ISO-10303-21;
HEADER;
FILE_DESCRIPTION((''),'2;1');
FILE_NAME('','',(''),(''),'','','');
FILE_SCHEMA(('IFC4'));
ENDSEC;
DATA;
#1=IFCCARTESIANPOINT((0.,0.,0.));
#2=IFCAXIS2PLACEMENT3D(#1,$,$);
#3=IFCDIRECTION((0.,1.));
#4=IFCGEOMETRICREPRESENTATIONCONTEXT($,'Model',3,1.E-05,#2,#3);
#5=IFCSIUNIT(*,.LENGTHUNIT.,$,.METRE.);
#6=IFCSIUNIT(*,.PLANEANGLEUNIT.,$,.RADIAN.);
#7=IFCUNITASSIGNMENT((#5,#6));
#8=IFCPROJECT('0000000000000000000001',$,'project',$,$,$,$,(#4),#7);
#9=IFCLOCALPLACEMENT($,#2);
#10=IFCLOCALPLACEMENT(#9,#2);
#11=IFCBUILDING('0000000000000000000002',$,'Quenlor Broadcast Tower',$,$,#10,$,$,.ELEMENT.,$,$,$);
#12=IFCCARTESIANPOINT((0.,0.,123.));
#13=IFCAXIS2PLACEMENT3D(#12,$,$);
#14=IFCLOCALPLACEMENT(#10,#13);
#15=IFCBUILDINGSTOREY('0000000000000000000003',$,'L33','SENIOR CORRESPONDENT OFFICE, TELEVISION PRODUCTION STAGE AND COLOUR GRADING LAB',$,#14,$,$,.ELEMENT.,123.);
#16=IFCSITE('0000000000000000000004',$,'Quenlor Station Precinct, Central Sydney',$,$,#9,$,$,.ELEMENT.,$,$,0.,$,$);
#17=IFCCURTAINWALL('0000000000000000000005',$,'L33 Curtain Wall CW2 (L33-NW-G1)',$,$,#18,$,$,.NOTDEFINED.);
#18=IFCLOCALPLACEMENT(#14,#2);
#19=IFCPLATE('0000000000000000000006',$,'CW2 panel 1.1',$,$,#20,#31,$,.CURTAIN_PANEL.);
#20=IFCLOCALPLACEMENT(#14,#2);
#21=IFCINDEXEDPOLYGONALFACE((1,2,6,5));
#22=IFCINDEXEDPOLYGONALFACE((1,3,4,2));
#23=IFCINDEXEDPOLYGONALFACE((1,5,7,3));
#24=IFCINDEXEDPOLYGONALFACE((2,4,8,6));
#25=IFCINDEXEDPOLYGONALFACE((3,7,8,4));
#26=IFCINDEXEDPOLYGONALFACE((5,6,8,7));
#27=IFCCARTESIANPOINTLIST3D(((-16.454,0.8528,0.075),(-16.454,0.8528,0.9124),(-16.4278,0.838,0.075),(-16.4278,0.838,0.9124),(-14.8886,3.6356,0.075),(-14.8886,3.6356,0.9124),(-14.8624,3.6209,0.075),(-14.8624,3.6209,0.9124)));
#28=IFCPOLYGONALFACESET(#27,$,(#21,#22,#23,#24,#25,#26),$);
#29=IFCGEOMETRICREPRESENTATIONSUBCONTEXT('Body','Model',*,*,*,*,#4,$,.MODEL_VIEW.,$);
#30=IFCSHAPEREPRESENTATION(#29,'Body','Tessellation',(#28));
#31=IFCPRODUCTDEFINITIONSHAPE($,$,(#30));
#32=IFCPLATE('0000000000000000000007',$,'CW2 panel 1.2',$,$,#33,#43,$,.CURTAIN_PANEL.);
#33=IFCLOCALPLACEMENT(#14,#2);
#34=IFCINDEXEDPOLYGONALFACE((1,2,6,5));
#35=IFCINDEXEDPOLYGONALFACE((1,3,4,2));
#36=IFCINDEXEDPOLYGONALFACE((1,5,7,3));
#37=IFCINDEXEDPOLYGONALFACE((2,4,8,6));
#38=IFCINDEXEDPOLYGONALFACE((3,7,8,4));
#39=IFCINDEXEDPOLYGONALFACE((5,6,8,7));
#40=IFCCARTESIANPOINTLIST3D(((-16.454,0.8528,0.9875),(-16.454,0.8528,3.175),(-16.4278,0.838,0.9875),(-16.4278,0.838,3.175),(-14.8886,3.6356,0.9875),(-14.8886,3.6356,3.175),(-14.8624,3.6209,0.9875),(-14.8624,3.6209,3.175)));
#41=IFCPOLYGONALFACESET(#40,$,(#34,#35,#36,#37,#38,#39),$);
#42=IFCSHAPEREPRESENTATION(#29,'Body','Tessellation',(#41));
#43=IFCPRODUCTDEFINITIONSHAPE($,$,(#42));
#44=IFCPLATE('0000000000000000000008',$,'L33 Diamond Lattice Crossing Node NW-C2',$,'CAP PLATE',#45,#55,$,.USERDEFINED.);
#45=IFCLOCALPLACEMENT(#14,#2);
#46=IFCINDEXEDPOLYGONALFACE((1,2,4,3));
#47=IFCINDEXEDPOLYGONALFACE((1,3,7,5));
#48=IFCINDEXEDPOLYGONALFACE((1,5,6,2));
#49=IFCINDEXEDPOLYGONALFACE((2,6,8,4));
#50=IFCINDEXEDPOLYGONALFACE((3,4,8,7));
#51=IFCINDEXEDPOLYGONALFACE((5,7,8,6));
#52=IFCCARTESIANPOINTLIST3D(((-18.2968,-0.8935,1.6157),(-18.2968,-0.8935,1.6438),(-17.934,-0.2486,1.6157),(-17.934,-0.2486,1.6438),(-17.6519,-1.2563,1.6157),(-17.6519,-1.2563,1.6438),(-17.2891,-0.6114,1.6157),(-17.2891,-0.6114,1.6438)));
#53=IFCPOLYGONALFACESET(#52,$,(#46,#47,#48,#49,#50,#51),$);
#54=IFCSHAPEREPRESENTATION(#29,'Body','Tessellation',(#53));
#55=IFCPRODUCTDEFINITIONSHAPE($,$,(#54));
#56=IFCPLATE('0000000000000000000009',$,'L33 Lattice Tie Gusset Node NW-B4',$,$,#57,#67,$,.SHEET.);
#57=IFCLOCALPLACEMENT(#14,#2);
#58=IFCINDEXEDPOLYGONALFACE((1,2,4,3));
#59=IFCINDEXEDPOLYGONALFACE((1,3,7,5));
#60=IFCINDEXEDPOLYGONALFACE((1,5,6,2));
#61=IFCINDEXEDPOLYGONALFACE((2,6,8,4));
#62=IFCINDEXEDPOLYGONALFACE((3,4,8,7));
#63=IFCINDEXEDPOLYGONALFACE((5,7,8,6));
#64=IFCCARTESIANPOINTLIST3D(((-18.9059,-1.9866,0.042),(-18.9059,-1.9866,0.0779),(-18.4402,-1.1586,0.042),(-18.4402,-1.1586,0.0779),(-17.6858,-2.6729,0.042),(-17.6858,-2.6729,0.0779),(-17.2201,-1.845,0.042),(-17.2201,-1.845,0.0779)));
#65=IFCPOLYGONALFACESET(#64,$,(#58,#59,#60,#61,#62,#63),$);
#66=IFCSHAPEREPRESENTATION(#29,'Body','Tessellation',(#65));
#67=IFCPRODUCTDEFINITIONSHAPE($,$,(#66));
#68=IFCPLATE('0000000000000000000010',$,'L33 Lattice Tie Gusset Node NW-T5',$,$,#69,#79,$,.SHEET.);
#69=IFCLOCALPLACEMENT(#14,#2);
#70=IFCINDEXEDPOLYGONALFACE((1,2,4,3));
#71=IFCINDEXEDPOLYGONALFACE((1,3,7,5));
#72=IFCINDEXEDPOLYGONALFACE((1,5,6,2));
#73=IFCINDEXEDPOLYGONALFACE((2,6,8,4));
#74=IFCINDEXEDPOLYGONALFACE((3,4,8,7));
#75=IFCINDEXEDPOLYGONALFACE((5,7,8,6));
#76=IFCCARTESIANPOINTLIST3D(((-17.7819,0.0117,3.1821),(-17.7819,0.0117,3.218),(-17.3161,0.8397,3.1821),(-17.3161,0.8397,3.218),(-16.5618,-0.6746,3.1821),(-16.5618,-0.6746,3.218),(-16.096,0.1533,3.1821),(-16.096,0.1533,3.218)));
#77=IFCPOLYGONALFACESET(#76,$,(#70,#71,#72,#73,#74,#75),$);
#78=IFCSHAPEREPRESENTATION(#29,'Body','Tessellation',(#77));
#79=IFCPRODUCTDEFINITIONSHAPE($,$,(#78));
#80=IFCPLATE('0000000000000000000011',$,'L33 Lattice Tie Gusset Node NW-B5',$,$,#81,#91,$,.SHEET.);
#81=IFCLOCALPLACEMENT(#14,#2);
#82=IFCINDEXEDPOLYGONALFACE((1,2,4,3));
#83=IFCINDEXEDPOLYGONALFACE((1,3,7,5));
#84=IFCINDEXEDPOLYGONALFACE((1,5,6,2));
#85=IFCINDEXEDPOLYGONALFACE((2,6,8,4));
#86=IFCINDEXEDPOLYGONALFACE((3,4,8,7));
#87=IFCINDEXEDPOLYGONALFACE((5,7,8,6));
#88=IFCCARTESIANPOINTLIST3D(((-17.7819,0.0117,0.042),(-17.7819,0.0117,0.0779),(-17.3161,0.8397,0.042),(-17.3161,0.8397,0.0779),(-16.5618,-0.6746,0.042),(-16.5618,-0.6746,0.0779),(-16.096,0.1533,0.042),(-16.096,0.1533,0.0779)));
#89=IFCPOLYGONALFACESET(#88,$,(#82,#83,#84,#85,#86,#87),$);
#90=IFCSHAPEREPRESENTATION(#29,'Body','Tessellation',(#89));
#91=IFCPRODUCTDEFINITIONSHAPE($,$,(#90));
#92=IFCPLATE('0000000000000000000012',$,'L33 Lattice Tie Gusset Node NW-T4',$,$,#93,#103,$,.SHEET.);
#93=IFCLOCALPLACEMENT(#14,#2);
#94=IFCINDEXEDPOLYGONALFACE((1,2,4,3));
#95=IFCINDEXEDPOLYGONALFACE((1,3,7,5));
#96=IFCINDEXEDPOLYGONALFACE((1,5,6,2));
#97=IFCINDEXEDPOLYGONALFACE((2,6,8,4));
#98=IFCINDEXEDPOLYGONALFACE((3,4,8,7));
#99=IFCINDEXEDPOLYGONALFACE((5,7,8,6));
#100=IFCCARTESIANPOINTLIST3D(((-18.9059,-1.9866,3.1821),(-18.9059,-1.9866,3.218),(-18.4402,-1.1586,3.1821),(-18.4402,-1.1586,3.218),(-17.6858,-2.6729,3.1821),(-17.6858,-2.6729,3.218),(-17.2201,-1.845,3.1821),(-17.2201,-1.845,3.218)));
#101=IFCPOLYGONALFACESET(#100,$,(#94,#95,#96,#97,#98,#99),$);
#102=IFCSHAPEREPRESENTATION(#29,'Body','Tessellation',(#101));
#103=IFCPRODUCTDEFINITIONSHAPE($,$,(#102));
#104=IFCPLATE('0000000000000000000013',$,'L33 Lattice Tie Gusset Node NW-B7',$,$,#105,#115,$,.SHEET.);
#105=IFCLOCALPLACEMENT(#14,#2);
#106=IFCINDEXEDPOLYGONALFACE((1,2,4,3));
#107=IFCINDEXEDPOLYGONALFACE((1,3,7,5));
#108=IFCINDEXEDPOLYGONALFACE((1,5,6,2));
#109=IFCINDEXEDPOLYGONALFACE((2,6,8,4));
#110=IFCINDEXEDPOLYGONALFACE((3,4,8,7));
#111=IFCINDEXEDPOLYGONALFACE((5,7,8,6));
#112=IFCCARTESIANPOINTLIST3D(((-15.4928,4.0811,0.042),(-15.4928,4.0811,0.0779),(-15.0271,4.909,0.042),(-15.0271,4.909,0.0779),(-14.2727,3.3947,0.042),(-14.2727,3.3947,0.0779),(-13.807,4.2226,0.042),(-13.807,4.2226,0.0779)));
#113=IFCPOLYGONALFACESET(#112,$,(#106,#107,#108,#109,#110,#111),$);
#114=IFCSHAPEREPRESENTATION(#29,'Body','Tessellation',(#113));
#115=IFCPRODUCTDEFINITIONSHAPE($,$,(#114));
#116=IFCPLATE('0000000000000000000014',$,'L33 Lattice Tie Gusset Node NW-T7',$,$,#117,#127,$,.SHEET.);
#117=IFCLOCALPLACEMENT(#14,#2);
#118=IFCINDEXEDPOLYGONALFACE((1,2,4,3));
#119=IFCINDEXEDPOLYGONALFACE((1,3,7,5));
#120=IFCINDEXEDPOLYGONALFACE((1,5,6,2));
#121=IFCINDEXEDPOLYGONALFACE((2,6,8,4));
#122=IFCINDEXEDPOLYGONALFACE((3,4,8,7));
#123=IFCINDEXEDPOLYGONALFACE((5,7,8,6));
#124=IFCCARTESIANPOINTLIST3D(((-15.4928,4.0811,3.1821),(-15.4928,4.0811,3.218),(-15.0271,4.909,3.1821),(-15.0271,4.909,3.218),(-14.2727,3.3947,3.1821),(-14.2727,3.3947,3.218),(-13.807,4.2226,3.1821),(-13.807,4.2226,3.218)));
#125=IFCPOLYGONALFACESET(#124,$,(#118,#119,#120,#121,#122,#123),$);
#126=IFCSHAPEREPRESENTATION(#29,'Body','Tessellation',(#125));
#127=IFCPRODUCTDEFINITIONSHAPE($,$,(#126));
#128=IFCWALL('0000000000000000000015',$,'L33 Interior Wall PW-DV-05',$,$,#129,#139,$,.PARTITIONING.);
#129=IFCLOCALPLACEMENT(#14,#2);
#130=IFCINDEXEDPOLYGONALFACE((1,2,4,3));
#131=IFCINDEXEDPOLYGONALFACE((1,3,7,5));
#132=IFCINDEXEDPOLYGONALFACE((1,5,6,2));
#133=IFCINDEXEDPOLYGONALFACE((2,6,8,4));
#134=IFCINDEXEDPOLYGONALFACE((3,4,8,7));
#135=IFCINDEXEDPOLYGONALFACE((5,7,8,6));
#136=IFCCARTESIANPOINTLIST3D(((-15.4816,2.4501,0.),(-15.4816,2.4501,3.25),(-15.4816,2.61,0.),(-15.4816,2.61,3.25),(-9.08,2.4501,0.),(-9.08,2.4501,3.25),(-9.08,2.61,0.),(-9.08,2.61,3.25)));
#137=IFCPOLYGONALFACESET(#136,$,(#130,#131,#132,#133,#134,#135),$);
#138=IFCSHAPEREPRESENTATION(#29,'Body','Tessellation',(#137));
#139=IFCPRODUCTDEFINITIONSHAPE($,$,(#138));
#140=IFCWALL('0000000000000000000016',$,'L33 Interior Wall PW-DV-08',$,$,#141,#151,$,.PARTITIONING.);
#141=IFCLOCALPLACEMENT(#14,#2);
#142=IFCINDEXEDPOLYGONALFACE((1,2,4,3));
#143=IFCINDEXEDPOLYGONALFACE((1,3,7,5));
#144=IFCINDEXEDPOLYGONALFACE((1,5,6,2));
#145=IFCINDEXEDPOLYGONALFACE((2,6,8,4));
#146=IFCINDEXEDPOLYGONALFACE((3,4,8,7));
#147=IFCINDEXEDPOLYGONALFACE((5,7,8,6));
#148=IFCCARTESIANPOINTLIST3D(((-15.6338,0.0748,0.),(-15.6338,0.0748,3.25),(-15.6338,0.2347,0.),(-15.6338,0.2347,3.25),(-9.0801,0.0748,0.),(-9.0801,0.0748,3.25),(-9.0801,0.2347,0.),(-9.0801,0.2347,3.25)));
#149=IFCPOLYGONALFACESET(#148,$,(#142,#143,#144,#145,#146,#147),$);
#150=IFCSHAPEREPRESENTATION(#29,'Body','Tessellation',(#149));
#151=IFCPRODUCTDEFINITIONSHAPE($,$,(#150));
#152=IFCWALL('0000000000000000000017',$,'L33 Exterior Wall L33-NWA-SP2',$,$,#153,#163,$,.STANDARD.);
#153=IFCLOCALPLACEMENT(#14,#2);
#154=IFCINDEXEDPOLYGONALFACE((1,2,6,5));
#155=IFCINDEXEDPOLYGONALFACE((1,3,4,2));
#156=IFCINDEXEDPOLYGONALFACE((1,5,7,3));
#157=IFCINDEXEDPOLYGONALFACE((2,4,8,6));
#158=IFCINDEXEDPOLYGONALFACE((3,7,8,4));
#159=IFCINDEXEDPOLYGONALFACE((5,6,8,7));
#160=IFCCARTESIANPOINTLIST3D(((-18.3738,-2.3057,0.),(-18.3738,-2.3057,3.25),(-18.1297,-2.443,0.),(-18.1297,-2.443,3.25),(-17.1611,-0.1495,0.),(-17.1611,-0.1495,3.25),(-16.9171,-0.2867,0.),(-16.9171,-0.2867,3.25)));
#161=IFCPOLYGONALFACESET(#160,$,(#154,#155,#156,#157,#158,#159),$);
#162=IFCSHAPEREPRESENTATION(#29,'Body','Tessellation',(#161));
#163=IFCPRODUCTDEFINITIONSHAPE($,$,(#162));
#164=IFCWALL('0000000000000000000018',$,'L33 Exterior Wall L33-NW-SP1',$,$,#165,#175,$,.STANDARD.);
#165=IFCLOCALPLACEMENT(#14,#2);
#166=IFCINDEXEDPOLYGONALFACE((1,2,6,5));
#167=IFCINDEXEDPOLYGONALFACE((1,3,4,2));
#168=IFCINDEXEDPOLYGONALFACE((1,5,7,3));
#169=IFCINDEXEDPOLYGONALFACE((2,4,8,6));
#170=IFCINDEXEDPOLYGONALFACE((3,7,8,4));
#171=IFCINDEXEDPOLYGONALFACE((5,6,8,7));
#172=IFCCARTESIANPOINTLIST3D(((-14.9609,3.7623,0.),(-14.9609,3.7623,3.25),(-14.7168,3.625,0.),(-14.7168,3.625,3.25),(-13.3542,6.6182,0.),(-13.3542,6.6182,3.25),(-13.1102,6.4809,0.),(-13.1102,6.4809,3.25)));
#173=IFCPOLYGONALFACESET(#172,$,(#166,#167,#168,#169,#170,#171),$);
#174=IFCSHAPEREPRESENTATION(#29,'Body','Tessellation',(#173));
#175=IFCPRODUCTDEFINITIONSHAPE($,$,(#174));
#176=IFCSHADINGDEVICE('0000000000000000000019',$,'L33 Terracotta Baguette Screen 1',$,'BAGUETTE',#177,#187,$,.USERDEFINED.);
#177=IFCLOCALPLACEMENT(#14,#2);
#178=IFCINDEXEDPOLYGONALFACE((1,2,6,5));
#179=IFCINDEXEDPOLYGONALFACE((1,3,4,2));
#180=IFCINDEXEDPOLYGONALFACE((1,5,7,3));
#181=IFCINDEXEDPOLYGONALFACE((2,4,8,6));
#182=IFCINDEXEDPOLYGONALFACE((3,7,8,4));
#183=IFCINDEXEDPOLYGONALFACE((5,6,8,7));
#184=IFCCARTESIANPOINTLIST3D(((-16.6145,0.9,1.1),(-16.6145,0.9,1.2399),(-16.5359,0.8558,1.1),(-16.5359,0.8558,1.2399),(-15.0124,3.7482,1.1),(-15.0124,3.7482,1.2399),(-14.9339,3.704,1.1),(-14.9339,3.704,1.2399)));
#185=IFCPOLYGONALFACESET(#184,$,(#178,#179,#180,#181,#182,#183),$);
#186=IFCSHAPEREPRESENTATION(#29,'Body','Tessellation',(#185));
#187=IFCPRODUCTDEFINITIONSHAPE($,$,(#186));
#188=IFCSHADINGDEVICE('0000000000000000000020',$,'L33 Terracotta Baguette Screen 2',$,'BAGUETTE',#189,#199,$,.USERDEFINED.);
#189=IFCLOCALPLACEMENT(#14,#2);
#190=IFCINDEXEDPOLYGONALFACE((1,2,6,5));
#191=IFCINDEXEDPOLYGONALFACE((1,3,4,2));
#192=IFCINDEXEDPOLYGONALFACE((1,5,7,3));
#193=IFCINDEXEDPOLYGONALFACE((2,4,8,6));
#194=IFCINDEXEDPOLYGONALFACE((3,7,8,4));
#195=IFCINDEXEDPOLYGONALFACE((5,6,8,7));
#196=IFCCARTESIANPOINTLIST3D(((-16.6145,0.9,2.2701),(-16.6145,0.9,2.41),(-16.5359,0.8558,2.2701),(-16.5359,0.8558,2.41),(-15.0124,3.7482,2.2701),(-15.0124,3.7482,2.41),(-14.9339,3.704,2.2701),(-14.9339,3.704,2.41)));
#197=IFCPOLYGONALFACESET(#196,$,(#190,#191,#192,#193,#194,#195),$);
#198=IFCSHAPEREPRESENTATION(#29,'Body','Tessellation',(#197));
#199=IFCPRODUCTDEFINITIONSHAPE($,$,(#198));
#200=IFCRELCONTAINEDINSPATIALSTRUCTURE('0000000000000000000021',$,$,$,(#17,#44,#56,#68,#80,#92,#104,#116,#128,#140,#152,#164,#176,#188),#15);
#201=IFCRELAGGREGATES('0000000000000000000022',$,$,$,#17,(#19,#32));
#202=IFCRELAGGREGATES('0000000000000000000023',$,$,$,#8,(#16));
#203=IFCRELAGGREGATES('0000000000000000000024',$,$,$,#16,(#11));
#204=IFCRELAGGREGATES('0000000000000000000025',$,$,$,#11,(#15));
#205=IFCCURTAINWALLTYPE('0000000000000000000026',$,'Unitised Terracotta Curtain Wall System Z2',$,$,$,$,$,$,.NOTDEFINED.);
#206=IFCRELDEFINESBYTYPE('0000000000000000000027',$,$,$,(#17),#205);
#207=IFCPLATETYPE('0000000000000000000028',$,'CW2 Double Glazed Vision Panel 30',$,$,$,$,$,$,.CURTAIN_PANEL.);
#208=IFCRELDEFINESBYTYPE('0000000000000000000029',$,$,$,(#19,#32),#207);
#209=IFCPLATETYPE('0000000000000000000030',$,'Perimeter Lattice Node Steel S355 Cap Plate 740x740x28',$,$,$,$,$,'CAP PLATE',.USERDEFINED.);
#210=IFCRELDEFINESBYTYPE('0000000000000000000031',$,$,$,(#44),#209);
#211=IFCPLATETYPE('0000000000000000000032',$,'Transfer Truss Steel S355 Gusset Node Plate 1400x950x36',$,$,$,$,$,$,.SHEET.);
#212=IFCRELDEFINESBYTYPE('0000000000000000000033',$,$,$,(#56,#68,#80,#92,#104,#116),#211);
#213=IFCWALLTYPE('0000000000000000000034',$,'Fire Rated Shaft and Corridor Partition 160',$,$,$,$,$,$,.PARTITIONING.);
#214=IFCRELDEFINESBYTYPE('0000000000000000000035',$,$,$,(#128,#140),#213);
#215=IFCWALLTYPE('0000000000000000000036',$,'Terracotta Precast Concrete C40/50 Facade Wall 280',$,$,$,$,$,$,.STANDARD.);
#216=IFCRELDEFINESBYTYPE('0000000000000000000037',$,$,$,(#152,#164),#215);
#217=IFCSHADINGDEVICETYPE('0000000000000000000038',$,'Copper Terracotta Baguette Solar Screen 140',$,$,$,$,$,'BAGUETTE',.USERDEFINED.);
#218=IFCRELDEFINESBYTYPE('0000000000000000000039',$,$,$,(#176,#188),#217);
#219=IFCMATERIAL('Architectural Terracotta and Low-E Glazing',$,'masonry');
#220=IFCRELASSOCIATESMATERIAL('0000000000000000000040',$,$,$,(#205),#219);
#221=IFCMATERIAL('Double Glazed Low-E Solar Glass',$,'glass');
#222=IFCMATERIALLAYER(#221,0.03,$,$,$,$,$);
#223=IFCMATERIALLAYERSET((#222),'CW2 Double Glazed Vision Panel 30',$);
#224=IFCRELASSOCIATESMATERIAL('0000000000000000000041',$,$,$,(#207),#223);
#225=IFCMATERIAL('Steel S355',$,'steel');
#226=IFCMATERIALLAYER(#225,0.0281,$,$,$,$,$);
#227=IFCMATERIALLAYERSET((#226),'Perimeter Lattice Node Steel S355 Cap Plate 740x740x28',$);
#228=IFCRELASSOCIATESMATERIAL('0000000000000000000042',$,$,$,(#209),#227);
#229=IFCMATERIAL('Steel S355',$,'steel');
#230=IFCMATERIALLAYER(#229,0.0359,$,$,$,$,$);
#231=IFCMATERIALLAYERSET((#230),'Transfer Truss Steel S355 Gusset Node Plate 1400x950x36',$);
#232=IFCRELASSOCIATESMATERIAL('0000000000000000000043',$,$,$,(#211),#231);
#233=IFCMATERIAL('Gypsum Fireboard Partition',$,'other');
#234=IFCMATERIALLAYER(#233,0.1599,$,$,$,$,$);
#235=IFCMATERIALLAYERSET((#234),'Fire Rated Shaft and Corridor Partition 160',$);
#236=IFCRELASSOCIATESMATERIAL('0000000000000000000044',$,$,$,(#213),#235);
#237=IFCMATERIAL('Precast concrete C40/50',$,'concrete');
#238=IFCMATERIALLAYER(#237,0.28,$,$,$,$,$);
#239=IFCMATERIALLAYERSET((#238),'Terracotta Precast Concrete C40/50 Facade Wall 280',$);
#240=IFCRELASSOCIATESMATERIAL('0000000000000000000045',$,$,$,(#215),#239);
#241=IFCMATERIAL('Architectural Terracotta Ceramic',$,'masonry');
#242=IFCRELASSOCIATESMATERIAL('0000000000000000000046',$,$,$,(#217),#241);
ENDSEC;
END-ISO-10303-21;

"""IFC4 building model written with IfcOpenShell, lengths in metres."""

from ifc_helpers import new_model, si_unit, direction, frame, frame_2d, origin, origin_2d, place, context, subcontext, project, spatial, rectangle, extrude, material, layer, layer_set, material_profile, profile_set, type_object, element, aggregate, save


model = new_model("IFC4")

# Units and contexts
model_context = context("Model", 3, precision=1e-05, world=origin(), true_north=direction((0.0, 1.0)))
body_context = subcontext(model_context, "Body", "Model", "MODEL_VIEW")
ifc_project = project(units=[si_unit("LENGTHUNIT", "METRE"), si_unit("PLANEANGLEUNIT", "RADIAN")], contexts=[model_context])

# Site, building, storey
site_placement = place(None, origin())
site = spatial("IfcSite", under=ifc_project, at=site_placement, Name="Quenlor Station Precinct, Central Sydney", CompositionType="ELEMENT", RefElevation=0.0)
building_placement = place(site_placement, origin())
building = spatial("IfcBuilding", under=site, at=building_placement, Name="Quenlor Broadcast Tower", CompositionType="ELEMENT")
storey_placement = place(building_placement, frame((0.0, 0.0, 123.0)))
storey = spatial("IfcBuildingStorey", under=building, at=storey_placement, Name="L33", Description="SENIOR CORRESPONDENT OFFICE, TELEVISION PRODUCTION STAGE AND COLOUR GRADING LAB", CompositionType="ELEMENT", Elevation=123.0)

# Curtain wall
ifc_material_1 = material(Name="Architectural Terracotta and Low-E Glazing", Category="masonry")
curtain_wall_type = type_object("IfcCurtainWallType", Name="Unitised Terracotta Curtain Wall System Z2", PredefinedType="NOTDEFINED", material=ifc_material_1)
curtain_wall_placement = place(storey_placement, origin())
curtain_wall = element("IfcCurtainWall", 1, at=curtain_wall_placement, inside=storey, type_object=curtain_wall_type, Name="L33 Curtain Wall CW2 (L33-NW-G1)", PredefinedType="NOTDEFINED")

# Plates
ifc_material_2 = material(Name="Double Glazed Low-E Solar Glass", Category="glass")
ifc_layer_1 = layer(ifc_material_2, 0.03)
ifc_layer_set_1 = layer_set([ifc_layer_1], Name="CW2 Double Glazed Vision Panel 30")
plate_type_1 = type_object("IfcPlateType", Name="CW2 Double Glazed Vision Panel 30", PredefinedType="CURTAIN_PANEL", material=ifc_layer_set_1)
plate_1_placement = place(storey_placement, frame((-15.6582, 2.2368, 0.075), z_axis=(0.0, 0.0, 1.0), x_axis=(0.490261, 0.871576, 0.0)))
plate_1 = element("IfcPlate", 2, at=plate_1_placement, type_object=plate_type_1, Name="CW2 panel 1.1", PredefinedType="CURTAIN_PANEL", context=body_context, shape_type="SweptSolid", body=[
    extrude(rectangle(XDim=3.1929, YDim=0.03, at=origin_2d()), origin(), (0.0, 0.0, 1.0), 0.8374),
])
plate_2_placement = place(storey_placement, frame((-15.6582, 2.2368, 0.9875), z_axis=(0.0, 0.0, 1.0), x_axis=(0.490261, 0.871576, 0.0)))
plate_2 = element("IfcPlate", 3, at=plate_2_placement, type_object=plate_type_1, Name="CW2 panel 1.2", PredefinedType="CURTAIN_PANEL", context=body_context, shape_type="SweptSolid", body=[
    extrude(rectangle(XDim=3.1929, YDim=0.03, at=origin_2d()), origin(), (0.0, 0.0, 1.0), 2.1875),
])
aggregate(curtain_wall, [plate_1, plate_2])

# Plates
ifc_material_3 = material(Name="Steel S355", Category="steel")
ifc_layer_2 = layer(ifc_material_3, 0.0281)
ifc_layer_set_2 = layer_set([ifc_layer_2], Name="Perimeter Lattice Node Steel S355 Cap Plate 740x740x28")
plate_type_2 = type_object("IfcPlateType", Name="Perimeter Lattice Node Steel S355 Cap Plate 740x740x28", ElementType="CAP PLATE", PredefinedType="USERDEFINED", material=ifc_layer_set_2)
plate_3_placement = place(storey_placement, frame((-17.793, -0.7524, 1.6157), z_axis=(0.0, 0.0, 1.0), x_axis=(0.490295, 0.871556, 0.0)))
element("IfcPlate", 4, at=plate_3_placement, inside=storey, type_object=plate_type_2, Name="L33 Diamond Lattice Crossing Node NW-C2", ObjectType="CAP PLATE", PredefinedType="USERDEFINED", context=body_context, shape_type="SweptSolid", body=[
    extrude(rectangle(XDim=0.74, YDim=0.74, at=origin_2d()), origin(), (0.0, 0.0, 1.0), 0.0281),
])
ifc_material_4 = material(Name="Steel S355", Category="steel")
ifc_layer_3 = layer(ifc_material_4, 0.0359)
ifc_layer_set_3 = layer_set([ifc_layer_3], Name="Transfer Truss Steel S355 Gusset Node Plate 1400x950x36")
plate_type_3 = type_object("IfcPlateType", Name="Transfer Truss Steel S355 Gusset Node Plate 1400x950x36", PredefinedType="SHEET", material=ifc_layer_set_3)
for number, where, z_axis, x_axis, name in (
    (5, (-18.063, -1.9158, 0.042), (0.0, 0.0, 1.0), (-0.871556, 0.490295, 0.0), "L33 Lattice Tie Gusset Node NW-B4"),
    (6, (-16.939, 0.0825, 3.1821), (0.0, 0.0, 1.0), (-0.871556, 0.490295, 0.0), "L33 Lattice Tie Gusset Node NW-T5"),
    (7, (-16.939, 0.0825, 0.042), (0.0, 0.0, 1.0), (-0.871556, 0.490295, 0.0), "L33 Lattice Tie Gusset Node NW-B5"),
    (8, (-18.063, -1.9158, 3.1821), (0.0, 0.0, 1.0), (-0.871556, 0.490295, 0.0), "L33 Lattice Tie Gusset Node NW-T4"),
    (9, (-14.6499, 4.1519, 0.042), (0.0, 0.0, 1.0), (-0.871556, 0.490295, 0.0), "L33 Lattice Tie Gusset Node NW-B7"),
    (10, (-14.6499, 4.1519, 3.1821), (0.0, 0.0, 1.0), (-0.871556, 0.490295, 0.0), "L33 Lattice Tie Gusset Node NW-T7"),
):
    element("IfcPlate", number, at=place(storey_placement, frame(where, z_axis=z_axis, x_axis=x_axis)), inside=storey, type_object=plate_type_3, Name=name, PredefinedType="SHEET", context=body_context, shape_type="SweptSolid", body=[
        extrude(rectangle(XDim=1.3999, YDim=0.95, at=origin_2d()), origin(), (0.0, 0.0, 1.0), 0.0359),
    ])

# Walls
ifc_material_5 = material(Name="Gypsum Fireboard Partition", Category="other")
ifc_layer_4 = layer(ifc_material_5, 0.1599)
ifc_layer_set_4 = layer_set([ifc_layer_4], Name="Fire Rated Shaft and Corridor Partition 160")
wall_type_1 = type_object("IfcWallType", Name="Fire Rated Shaft and Corridor Partition 160", PredefinedType="PARTITIONING", material=ifc_layer_set_4)
wall_1_placement = place(storey_placement, frame((-9.0801, 2.53, 0.0), z_axis=(0.0, 0.0, 1.0), x_axis=(-1.0, 0.0, 0.0)))
element("IfcWall", 11, at=wall_1_placement, inside=storey, type_object=wall_type_1, Name="L33 Interior Wall PW-DV-05", PredefinedType="PARTITIONING", context=body_context, shape_type="SweptSolid", body=[
    extrude(rectangle(XDim=6.4016, YDim=0.1599, at=frame_2d((3.2007, 0.0))), origin(), (0.0, 0.0, 1.0), 3.25),
])
wall_2_placement = place(storey_placement, frame((-9.0801, 0.1548, 0.0), z_axis=(0.0, 0.0, 1.0), x_axis=(-1.0, 0.0, 0.0)))
element("IfcWall", 12, at=wall_2_placement, inside=storey, type_object=wall_type_1, Name="L33 Interior Wall PW-DV-08", PredefinedType="PARTITIONING", context=body_context, shape_type="SweptSolid", body=[
    extrude(rectangle(XDim=6.5537, YDim=0.1599, at=frame_2d((3.2769, 0.0))), origin(), (0.0, 0.0, 1.0), 3.25),
])
ifc_material_6 = material(Name="Precast concrete C40/50", Category="concrete")
ifc_layer_5 = layer(ifc_material_6, 0.28)
ifc_layer_set_5 = layer_set([ifc_layer_5], Name="Terracotta Precast Concrete C40/50 Facade Wall 280")
wall_type_2 = type_object("IfcWallType", Name="Terracotta Precast Concrete C40/50 Facade Wall 280", PredefinedType="STANDARD", material=ifc_layer_set_5)
wall_3_placement = place(storey_placement, frame((-18.2517, -2.3743, 0.0), z_axis=(0.0, 0.0, 1.0), x_axis=(0.490186, 0.871618, 0.0)))
element("IfcWall", 13, at=wall_3_placement, inside=storey, type_object=wall_type_2, Name="L33 Exterior Wall L33-NWA-SP2", PredefinedType="STANDARD", context=body_context, shape_type="SweptSolid", body=[
    extrude(rectangle(XDim=2.4739, YDim=0.28, at=frame_2d((1.2368, 0.0))), origin(), (0.0, 0.0, 1.0), 3.25),
])
wall_4_placement = place(storey_placement, frame((-14.8389, 3.6936, 0.0), z_axis=(0.0, 0.0, 1.0), x_axis=(0.490311, 0.871548, 0.0)))
element("IfcWall", 14, at=wall_4_placement, inside=storey, type_object=wall_type_2, Name="L33 Exterior Wall L33-NW-SP1", PredefinedType="STANDARD", context=body_context, shape_type="SweptSolid", body=[
    extrude(rectangle(XDim=3.2769, YDim=0.28, at=frame_2d((1.6384, 0.0))), origin(), (0.0, 0.0, 1.0), 3.25),
])

# Shading devices
ifc_material_7 = material(Name="Architectural Terracotta Ceramic", Category="masonry")
ifc_material_profile_1 = material_profile(ifc_material_7, rectangle(XDim=0.0901, YDim=0.1399, at=origin_2d()))
ifc_profile_set_1 = profile_set([ifc_material_profile_1], Name="Architectural Terracotta Ceramic BAG90x140")
shading_device_type = type_object("IfcShadingDeviceType", Name="Copper Terracotta Baguette Solar Screen 140", ElementType="BAGUETTE", PredefinedType="USERDEFINED", material=ifc_profile_set_1)
for number, where, z_axis, x_axis, name in (
    (15, (-16.5752, 0.8779, 1.1699), (0.490254, 0.87158, 0.0), (-0.87158, 0.490254, 0.0), "L33 Terracotta Baguette Screen 1"),
    (16, (-16.5752, 0.8779, 2.3401), (0.490254, 0.87158, 0.0), (-0.87158, 0.490254, 0.0), "L33 Terracotta Baguette Screen 2"),
):
    element("IfcShadingDevice", number, at=place(storey_placement, frame(where, z_axis=z_axis, x_axis=x_axis)), inside=storey, type_object=shading_device_type, Name=name, ObjectType="BAGUETTE", PredefinedType="USERDEFINED", context=body_context, shape_type="SweptSolid", body=[
        extrude(rectangle(XDim=0.0901, YDim=0.1399, at=origin_2d()), origin(), (0.0, 0.0, 1.0), 3.2678),
    ])

save(model, "model.ifc")
